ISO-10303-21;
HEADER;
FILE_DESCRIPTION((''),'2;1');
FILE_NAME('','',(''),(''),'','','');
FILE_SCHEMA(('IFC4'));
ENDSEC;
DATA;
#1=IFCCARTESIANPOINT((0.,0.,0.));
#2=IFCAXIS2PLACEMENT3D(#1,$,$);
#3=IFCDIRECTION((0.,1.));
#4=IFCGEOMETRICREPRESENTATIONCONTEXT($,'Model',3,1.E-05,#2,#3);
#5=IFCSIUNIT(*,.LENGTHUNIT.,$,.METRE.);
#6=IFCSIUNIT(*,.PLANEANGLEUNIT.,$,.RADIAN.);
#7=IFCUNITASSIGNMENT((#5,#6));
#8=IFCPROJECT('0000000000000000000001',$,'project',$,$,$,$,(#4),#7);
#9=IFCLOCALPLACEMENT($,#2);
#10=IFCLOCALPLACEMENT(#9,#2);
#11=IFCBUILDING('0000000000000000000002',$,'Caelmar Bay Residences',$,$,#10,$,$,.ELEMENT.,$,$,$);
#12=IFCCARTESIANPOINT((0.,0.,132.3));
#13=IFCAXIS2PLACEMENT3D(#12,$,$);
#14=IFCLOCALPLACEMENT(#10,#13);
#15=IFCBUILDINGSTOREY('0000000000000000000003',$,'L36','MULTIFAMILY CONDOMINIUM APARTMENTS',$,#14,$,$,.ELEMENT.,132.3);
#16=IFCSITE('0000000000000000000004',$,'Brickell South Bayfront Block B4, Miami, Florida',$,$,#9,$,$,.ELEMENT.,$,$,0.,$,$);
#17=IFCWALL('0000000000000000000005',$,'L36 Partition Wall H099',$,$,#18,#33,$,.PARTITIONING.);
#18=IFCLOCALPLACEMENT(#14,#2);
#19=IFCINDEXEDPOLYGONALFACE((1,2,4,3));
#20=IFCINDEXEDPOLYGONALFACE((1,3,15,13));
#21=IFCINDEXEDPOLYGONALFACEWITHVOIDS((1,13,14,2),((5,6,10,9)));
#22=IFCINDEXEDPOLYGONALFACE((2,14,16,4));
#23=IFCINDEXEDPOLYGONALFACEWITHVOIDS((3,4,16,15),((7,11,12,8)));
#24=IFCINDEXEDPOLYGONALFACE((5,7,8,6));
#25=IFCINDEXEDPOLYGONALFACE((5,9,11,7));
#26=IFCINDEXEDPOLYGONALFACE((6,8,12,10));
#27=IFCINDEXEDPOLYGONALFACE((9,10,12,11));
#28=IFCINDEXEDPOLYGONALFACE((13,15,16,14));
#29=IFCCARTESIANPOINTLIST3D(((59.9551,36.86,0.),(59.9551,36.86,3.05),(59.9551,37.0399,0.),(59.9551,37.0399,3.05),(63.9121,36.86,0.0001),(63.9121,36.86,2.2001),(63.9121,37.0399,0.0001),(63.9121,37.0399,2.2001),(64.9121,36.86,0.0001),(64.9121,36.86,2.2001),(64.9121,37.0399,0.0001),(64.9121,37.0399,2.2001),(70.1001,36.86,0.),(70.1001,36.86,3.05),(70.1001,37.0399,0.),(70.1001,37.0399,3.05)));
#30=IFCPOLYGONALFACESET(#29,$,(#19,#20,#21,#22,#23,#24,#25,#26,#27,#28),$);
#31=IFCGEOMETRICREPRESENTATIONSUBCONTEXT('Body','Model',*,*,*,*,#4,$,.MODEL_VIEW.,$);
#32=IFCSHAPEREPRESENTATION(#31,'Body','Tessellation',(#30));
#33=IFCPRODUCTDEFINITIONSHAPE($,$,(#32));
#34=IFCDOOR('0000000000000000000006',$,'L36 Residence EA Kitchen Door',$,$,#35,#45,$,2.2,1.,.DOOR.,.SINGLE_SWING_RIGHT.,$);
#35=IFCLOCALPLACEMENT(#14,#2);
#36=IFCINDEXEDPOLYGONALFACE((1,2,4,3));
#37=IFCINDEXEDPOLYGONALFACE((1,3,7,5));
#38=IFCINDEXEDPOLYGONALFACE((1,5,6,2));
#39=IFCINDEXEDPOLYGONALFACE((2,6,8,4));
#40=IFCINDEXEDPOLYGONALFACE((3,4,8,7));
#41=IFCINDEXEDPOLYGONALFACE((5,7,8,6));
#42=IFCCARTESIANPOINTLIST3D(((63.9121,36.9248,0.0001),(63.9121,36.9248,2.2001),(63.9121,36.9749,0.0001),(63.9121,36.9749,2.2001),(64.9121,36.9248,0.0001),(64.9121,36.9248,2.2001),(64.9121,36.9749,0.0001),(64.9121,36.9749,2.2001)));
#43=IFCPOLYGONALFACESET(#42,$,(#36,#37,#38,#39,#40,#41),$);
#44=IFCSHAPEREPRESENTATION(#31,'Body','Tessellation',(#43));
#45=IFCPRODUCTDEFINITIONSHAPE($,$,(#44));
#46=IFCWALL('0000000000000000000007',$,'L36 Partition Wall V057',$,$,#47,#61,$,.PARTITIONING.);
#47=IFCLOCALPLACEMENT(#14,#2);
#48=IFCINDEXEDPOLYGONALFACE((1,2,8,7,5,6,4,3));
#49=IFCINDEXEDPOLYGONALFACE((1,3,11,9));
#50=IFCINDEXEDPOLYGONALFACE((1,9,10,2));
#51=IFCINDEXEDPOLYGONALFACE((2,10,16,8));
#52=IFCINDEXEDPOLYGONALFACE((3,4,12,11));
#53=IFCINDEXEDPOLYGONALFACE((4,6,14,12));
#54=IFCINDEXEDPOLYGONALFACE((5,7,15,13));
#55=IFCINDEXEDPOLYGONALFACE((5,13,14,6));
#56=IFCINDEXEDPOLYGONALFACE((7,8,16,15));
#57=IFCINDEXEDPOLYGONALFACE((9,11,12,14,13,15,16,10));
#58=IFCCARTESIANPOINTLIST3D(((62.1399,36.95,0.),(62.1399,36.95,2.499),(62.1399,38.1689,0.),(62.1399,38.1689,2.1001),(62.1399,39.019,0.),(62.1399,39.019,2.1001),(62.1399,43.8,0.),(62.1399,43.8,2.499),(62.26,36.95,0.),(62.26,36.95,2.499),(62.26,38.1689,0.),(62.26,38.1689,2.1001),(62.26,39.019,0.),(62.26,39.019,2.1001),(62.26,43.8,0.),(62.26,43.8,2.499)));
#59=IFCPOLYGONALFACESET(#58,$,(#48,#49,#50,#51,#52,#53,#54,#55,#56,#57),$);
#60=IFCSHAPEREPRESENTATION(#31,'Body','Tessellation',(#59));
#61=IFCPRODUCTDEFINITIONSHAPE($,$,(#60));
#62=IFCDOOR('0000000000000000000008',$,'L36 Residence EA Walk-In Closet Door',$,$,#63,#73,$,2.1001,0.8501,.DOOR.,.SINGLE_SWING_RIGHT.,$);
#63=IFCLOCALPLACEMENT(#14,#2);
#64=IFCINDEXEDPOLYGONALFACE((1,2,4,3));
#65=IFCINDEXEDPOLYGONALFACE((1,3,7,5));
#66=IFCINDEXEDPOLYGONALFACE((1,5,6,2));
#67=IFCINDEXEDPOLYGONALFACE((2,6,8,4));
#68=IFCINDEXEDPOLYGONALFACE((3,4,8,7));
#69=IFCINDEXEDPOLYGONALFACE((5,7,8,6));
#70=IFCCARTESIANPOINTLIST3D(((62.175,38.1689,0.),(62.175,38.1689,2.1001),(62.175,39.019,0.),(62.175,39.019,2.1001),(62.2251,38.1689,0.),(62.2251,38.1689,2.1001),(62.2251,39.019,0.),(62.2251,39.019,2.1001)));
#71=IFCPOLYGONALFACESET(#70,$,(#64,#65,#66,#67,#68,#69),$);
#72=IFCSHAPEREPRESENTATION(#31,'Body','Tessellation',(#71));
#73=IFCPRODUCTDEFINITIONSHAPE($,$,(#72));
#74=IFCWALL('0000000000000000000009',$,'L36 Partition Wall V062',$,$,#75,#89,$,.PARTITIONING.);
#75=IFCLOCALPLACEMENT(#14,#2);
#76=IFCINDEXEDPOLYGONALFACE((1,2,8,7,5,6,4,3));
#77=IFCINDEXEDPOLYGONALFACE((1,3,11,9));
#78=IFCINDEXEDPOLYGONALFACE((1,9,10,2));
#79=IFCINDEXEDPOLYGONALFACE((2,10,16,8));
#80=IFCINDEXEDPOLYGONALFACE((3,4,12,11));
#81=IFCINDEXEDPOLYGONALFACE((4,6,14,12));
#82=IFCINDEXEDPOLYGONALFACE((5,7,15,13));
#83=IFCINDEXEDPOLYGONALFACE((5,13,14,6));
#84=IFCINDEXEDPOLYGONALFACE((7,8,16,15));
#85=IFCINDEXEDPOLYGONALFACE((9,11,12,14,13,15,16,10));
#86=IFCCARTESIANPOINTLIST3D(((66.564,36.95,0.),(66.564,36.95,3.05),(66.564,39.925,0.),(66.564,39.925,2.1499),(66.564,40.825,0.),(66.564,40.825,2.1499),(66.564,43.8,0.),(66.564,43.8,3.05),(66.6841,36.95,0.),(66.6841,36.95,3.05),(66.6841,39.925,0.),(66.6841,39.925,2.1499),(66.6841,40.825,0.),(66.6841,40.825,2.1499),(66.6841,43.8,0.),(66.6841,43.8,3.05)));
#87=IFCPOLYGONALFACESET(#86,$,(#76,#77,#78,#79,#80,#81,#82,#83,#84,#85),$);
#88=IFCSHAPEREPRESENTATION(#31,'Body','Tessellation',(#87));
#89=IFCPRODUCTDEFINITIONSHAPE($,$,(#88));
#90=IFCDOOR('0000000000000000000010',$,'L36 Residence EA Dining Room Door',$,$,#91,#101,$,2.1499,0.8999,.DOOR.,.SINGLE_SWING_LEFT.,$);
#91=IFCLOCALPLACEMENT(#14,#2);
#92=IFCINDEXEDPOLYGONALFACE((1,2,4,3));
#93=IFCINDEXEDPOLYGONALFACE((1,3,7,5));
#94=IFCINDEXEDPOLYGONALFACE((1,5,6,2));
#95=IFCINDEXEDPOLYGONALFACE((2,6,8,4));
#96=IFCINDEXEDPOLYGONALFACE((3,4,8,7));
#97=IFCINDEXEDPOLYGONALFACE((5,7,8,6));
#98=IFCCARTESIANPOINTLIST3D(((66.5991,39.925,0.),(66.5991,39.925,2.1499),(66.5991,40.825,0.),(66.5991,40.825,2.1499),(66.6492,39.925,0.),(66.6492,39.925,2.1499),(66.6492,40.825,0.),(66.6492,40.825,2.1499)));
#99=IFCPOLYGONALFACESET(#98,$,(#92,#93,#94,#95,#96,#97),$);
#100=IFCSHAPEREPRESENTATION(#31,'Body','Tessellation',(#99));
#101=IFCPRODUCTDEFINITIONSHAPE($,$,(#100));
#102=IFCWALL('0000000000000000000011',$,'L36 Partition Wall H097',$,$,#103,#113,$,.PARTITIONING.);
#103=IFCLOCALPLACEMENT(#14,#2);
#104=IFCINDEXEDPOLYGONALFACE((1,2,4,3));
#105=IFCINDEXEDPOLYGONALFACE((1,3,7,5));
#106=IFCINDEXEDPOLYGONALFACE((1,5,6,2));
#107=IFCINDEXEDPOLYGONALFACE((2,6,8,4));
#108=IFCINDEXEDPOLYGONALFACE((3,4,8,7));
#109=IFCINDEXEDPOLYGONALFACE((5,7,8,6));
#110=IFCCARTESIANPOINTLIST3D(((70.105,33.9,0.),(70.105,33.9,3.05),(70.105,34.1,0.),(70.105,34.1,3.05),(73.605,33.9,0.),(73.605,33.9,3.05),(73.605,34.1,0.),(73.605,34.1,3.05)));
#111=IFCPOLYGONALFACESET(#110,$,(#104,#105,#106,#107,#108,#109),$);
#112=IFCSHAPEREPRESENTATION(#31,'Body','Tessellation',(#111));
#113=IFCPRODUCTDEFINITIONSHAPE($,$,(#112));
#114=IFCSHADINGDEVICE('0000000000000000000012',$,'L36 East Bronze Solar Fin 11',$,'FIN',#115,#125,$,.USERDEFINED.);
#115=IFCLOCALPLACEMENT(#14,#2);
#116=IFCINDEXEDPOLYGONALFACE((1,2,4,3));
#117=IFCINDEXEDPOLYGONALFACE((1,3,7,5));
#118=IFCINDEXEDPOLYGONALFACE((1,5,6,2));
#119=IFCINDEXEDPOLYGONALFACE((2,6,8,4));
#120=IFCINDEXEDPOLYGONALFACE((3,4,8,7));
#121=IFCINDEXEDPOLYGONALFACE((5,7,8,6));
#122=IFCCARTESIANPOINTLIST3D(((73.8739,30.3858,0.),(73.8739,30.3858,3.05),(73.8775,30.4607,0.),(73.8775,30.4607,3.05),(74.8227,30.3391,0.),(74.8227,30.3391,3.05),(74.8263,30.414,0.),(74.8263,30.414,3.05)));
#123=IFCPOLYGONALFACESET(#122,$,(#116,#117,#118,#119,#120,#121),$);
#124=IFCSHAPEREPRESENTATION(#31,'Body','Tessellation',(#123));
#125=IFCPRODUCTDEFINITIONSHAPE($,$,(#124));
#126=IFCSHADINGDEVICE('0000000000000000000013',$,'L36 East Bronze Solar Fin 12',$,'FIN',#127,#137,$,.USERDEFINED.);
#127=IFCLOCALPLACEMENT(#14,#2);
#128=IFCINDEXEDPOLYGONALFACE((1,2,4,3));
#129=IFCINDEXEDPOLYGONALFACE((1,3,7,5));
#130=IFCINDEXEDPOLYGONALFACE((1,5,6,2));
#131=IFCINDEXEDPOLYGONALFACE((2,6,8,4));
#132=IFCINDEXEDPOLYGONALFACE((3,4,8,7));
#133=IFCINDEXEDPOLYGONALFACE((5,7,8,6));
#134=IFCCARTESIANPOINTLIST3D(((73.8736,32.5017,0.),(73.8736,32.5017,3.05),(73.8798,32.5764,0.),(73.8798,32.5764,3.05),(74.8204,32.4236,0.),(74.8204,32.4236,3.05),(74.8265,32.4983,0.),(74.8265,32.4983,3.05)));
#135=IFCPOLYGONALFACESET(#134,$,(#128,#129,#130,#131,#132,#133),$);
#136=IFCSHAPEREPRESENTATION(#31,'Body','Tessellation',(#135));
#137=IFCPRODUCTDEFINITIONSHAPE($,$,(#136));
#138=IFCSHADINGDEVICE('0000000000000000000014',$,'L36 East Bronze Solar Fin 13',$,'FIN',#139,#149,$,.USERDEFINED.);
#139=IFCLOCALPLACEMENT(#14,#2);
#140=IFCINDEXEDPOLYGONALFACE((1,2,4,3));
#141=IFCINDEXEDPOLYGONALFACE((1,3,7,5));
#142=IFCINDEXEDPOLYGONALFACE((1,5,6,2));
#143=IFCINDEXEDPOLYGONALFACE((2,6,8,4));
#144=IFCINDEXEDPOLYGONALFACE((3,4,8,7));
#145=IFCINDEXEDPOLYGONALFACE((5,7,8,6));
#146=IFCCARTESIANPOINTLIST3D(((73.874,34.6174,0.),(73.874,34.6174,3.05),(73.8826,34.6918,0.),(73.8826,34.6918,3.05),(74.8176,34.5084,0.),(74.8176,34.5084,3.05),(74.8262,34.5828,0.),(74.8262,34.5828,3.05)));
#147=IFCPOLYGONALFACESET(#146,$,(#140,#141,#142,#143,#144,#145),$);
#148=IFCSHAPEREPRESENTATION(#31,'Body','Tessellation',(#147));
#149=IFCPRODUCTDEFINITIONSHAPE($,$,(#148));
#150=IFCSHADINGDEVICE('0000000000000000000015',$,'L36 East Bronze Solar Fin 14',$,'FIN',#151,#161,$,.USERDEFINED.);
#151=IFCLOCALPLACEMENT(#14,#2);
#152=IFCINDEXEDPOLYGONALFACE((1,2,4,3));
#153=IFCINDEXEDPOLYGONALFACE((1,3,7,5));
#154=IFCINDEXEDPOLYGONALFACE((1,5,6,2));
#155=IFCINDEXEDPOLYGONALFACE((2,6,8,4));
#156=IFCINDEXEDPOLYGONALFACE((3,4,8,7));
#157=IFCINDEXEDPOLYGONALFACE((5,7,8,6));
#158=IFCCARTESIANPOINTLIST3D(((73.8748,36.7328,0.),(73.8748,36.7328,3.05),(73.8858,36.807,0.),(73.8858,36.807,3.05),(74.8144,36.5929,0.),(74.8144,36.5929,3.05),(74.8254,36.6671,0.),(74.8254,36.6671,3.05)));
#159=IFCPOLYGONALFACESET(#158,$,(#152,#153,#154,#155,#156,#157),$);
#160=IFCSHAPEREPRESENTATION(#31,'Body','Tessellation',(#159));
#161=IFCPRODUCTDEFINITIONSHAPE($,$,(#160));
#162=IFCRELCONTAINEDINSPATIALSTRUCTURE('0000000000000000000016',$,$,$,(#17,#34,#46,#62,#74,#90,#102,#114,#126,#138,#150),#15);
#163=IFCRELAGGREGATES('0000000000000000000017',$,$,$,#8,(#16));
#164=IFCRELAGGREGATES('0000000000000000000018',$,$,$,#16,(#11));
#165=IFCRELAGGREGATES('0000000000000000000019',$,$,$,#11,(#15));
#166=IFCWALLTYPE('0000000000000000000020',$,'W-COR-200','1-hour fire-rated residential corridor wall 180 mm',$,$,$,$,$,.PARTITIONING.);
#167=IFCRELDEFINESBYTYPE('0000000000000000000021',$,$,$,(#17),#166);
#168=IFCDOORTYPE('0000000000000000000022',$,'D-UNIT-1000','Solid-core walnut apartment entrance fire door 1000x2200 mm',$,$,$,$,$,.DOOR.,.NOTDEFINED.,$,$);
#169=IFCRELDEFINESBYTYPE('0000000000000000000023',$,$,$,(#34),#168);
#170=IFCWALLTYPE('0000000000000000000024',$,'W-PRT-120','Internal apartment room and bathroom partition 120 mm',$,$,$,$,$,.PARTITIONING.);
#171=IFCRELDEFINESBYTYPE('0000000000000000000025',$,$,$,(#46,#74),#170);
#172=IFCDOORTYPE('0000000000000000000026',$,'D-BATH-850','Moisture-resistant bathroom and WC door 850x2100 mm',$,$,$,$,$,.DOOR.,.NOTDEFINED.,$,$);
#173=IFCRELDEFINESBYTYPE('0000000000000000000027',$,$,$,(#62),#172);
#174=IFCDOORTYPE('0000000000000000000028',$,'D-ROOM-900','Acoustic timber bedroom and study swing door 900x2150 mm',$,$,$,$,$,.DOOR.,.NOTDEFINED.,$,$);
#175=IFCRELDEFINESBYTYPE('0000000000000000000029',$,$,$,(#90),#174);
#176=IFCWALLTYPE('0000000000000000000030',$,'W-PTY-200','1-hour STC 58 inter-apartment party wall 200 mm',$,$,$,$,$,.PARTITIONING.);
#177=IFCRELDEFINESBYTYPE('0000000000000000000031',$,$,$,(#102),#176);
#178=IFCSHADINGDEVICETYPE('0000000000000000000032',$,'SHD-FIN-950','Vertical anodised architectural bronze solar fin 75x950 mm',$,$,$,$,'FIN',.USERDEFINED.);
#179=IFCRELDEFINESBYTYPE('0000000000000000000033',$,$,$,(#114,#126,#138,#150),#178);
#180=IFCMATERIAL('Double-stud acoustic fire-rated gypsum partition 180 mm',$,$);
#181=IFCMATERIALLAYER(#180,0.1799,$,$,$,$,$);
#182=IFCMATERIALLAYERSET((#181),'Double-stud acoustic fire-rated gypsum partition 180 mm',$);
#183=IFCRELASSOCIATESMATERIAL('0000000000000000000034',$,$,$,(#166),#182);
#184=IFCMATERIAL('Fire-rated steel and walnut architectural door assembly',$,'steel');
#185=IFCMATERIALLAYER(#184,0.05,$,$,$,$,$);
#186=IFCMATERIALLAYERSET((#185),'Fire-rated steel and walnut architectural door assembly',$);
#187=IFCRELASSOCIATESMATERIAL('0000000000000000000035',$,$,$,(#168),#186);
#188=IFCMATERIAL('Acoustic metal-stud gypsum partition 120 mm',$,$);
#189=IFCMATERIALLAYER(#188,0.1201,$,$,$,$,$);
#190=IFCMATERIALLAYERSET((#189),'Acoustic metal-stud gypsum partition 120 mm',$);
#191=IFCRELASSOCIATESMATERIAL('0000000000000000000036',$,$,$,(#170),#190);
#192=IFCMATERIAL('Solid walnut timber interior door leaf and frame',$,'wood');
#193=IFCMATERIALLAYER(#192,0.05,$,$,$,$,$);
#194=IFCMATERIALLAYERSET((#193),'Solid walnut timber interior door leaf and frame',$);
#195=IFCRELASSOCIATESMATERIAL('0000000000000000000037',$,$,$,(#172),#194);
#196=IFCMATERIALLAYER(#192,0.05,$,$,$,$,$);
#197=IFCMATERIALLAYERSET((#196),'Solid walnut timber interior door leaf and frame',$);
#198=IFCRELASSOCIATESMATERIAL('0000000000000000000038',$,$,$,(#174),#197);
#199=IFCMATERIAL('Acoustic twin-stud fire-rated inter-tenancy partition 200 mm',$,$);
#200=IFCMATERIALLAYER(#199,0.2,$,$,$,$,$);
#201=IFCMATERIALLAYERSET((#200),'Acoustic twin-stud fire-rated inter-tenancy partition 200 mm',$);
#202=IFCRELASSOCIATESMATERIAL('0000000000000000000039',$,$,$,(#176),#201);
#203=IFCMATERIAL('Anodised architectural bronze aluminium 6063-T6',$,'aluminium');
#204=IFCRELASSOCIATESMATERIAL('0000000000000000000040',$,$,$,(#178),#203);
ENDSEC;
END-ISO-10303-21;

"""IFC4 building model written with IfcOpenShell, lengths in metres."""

from ifc_helpers import new_model, si_unit, direction, frame, frame_2d, origin, origin_2d, place, context, subcontext, project, spatial, rectangle, extrude, material, layer, layer_set, material_profile, profile_set, type_object, element, fill, save


model = new_model("IFC4")

# Units and contexts
model_context = context("Model", 3, precision=1e-05, world=origin(), true_north=direction((0.0, 1.0)))
body_context = subcontext(model_context, "Body", "Model", "MODEL_VIEW")
ifc_project = project(units=[si_unit("LENGTHUNIT", "METRE"), si_unit("PLANEANGLEUNIT", "RADIAN")], contexts=[model_context])

# Site, building, storey
site_placement = place(None, origin())
site = spatial("IfcSite", under=ifc_project, at=site_placement, Name="Brickell South Bayfront Block B4, Miami, Florida", CompositionType="ELEMENT", RefElevation=0.0)
building_placement = place(site_placement, origin())
building = spatial("IfcBuilding", under=site, at=building_placement, Name="Caelmar Bay Residences", CompositionType="ELEMENT")
storey_placement = place(building_placement, frame((0.0, 0.0, 132.3)))
storey = spatial("IfcBuildingStorey", under=building, at=storey_placement, Name="L36", Description="MULTIFAMILY CONDOMINIUM APARTMENTS", CompositionType="ELEMENT", Elevation=132.3)

# Shared definitions
ifc_material_1 = material(Name="Double-stud acoustic fire-rated gypsum partition 180 mm")
ifc_layer_1 = layer(ifc_material_1, 0.1799)
ifc_layer_set_1 = layer_set([ifc_layer_1], Name="Double-stud acoustic fire-rated gypsum partition 180 mm")
wall_type_1 = type_object("IfcWallType", Name="W-COR-200", Description="1-hour fire-rated residential corridor wall 180 mm", PredefinedType="PARTITIONING", material=ifc_layer_set_1)

# Walls, openings, doors
wall_1_placement = place(storey_placement, frame((59.9551, 36.95, 0.0), z_axis=(0.0, 0.0, 1.0), x_axis=(1.0, 0.0, 0.0)))
wall_1 = element("IfcWall", 1, at=wall_1_placement, inside=storey, type_object=wall_type_1, Name="L36 Partition Wall H099", PredefinedType="PARTITIONING", context=body_context, shape_type="SweptSolid", body=[
    extrude(rectangle(XDim=10.145, YDim=0.1799, at=frame_2d((5.0725, 0.0))), origin(), (0.0, 0.0, 1.0), 3.05),
])
opening_1_placement = place(wall_1_placement, frame((3.957, 0.0, 0.0)))
opening_1 = element("IfcOpeningElement", 2, at=opening_1_placement, cuts=wall_1, PredefinedType="OPENING", context=body_context, shape_type="SweptSolid", body=[
    extrude(rectangle(XDim=1.0, YDim=2.2, at=frame_2d((0.5, 1.1001))), frame((0.0, 0.0999, 0.0), z_axis=(0.0, -1.0, 0.0), x_axis=(1.0, 0.0, 0.0)), (0.0, 0.0, 1.0), 0.2),
])
ifc_material_2 = material(Name="Fire-rated steel and walnut architectural door assembly", Category="steel")
ifc_layer_2 = layer(ifc_material_2, 0.05)
ifc_layer_set_2 = layer_set([ifc_layer_2], Name="Fire-rated steel and walnut architectural door assembly")
door_type_1 = type_object("IfcDoorType", Name="D-UNIT-1000", Description="Solid-core walnut apartment entrance fire door 1000x2200 mm", OperationType="NOTDEFINED", PredefinedType="DOOR", material=ifc_layer_set_2)
door_1_placement = place(opening_1_placement, origin())
door_1 = element("IfcDoor", 3, at=door_1_placement, inside=storey, type_object=door_type_1, Name="L36 Residence EA Kitchen Door", OperationType="SINGLE_SWING_RIGHT", OverallHeight=2.2, OverallWidth=1.0, PredefinedType="DOOR", context=body_context, shape_type="SweptSolid", body=[
    extrude(rectangle(XDim=1.0, YDim=2.2, at=frame_2d((0.5, 1.1001))), frame((0.0, 0.0249, 0.0), z_axis=(0.0, -1.0, 0.0), x_axis=(1.0, 0.0, 0.0)), (0.0, 0.0, 1.0), 0.05),
])
fill(opening_1, door_1)
ifc_material_3 = material(Name="Acoustic metal-stud gypsum partition 120 mm")
ifc_layer_3 = layer(ifc_material_3, 0.1201)
ifc_layer_set_3 = layer_set([ifc_layer_3], Name="Acoustic metal-stud gypsum partition 120 mm")
wall_type_2 = type_object("IfcWallType", Name="W-PRT-120", Description="Internal apartment room and bathroom partition 120 mm", PredefinedType="PARTITIONING", material=ifc_layer_set_3)
wall_2_placement = place(storey_placement, frame((62.2, 36.95, 0.0), z_axis=(0.0, 0.0, 1.0), x_axis=(0.0, 1.0, 0.0)))
wall_2 = element("IfcWall", 4, at=wall_2_placement, inside=storey, type_object=wall_type_2, Name="L36 Partition Wall V057", PredefinedType="PARTITIONING", context=body_context, shape_type="SweptSolid", body=[
    extrude(rectangle(XDim=6.8501, YDim=0.1201, at=frame_2d((3.425, 0.0))), origin(), (0.0, 0.0, 1.0), 2.499),
])
opening_2_placement = place(wall_2_placement, frame((1.219, 0.0, 0.0)))
opening_2 = element("IfcOpeningElement", 5, at=opening_2_placement, cuts=wall_2, PredefinedType="OPENING", context=body_context, shape_type="SweptSolid", body=[
    extrude(rectangle(XDim=0.8501, YDim=2.1001, at=frame_2d((0.425, 1.05))), frame((0.0, 0.0701, 0.0), z_axis=(0.0, -1.0, 0.0), x_axis=(1.0, 0.0, 0.0)), (0.0, 0.0, 1.0), 0.1401),
])
ifc_material_4 = material(Name="Solid walnut timber interior door leaf and frame", Category="wood")
ifc_layer_4 = layer(ifc_material_4, 0.05)
ifc_layer_set_4 = layer_set([ifc_layer_4], Name="Solid walnut timber interior door leaf and frame")
door_type_2 = type_object("IfcDoorType", Name="D-BATH-850", Description="Moisture-resistant bathroom and WC door 850x2100 mm", OperationType="NOTDEFINED", PredefinedType="DOOR", material=ifc_layer_set_4)
door_2_placement = place(opening_2_placement, origin())
door_2 = element("IfcDoor", 6, at=door_2_placement, inside=storey, type_object=door_type_2, Name="L36 Residence EA Walk-In Closet Door", OperationType="SINGLE_SWING_RIGHT", OverallHeight=2.1001, OverallWidth=0.8501, PredefinedType="DOOR", context=body_context, shape_type="SweptSolid", body=[
    extrude(rectangle(XDim=0.8501, YDim=2.1001, at=frame_2d((0.425, 1.05))), frame((0.0, 0.0249, 0.0), z_axis=(0.0, -1.0, 0.0), x_axis=(1.0, 0.0, 0.0)), (0.0, 0.0, 1.0), 0.05),
])
fill(opening_2, door_2)
wall_3_placement = place(storey_placement, frame((66.624, 36.95, 0.0), z_axis=(0.0, 0.0, 1.0), x_axis=(0.0, 1.0, 0.0)))
wall_3 = element("IfcWall", 7, at=wall_3_placement, inside=storey, type_object=wall_type_2, Name="L36 Partition Wall V062", PredefinedType="PARTITIONING", context=body_context, shape_type="SweptSolid", body=[
    extrude(rectangle(XDim=6.8501, YDim=0.1201, at=frame_2d((3.425, 0.0))), origin(), (0.0, 0.0, 1.0), 3.05),
])
opening_3_placement = place(wall_3_placement, frame((2.9751, 0.0, 0.0)))
opening_3 = element("IfcOpeningElement", 8, at=opening_3_placement, cuts=wall_3, PredefinedType="OPENING", context=body_context, shape_type="SweptSolid", body=[
    extrude(rectangle(XDim=0.8999, YDim=2.1499, at=frame_2d((0.45, 1.075))), frame((0.0, 0.0701, 0.0), z_axis=(0.0, -1.0, 0.0), x_axis=(1.0, 0.0, 0.0)), (0.0, 0.0, 1.0), 0.1401),
])
ifc_layer_5 = layer(ifc_material_4, 0.05)
ifc_layer_set_5 = layer_set([ifc_layer_5], Name="Solid walnut timber interior door leaf and frame")
door_type_3 = type_object("IfcDoorType", Name="D-ROOM-900", Description="Acoustic timber bedroom and study swing door 900x2150 mm", OperationType="NOTDEFINED", PredefinedType="DOOR", material=ifc_layer_set_5)
door_3_placement = place(opening_3_placement, origin())
door_3 = element("IfcDoor", 9, at=door_3_placement, inside=storey, type_object=door_type_3, Name="L36 Residence EA Dining Room Door", OperationType="SINGLE_SWING_LEFT", OverallHeight=2.1499, OverallWidth=0.8999, PredefinedType="DOOR", context=body_context, shape_type="SweptSolid", body=[
    extrude(rectangle(XDim=0.8999, YDim=2.1499, at=frame_2d((0.45, 1.075))), frame((0.0, 0.0249, 0.0), z_axis=(0.0, -1.0, 0.0), x_axis=(1.0, 0.0, 0.0)), (0.0, 0.0, 1.0), 0.05),
])
fill(opening_3, door_3)

# Wall
ifc_material_5 = material(Name="Acoustic twin-stud fire-rated inter-tenancy partition 200 mm")
ifc_layer_6 = layer(ifc_material_5, 0.2)
ifc_layer_set_6 = layer_set([ifc_layer_6], Name="Acoustic twin-stud fire-rated inter-tenancy partition 200 mm")
wall_type_3 = type_object("IfcWallType", Name="W-PTY-200", Description="1-hour STC 58 inter-apartment party wall 200 mm", PredefinedType="PARTITIONING", material=ifc_layer_set_6)
wall_4_placement = place(storey_placement, frame((70.105, 34.0, 0.0), z_axis=(0.0, 0.0, 1.0), x_axis=(1.0, 0.0, 0.0)))
element("IfcWall", 10, at=wall_4_placement, inside=storey, type_object=wall_type_3, Name="L36 Partition Wall H097", PredefinedType="PARTITIONING", context=body_context, shape_type="SweptSolid", body=[
    extrude(rectangle(XDim=3.5, YDim=0.2, at=frame_2d((1.75, 0.0))), origin(), (0.0, 0.0, 1.0), 3.05),
])

# Shading devices
ifc_material_6 = material(Name="Anodised architectural bronze aluminium 6063-T6", Category="aluminium")
ifc_material_profile_1 = material_profile(ifc_material_6, rectangle(XDim=0.075, YDim=0.95, at=origin_2d()), Name="BRONZE-FIN-75X950")
ifc_profile_set_1 = profile_set([ifc_material_profile_1], Name="Anodised architectural bronze aluminium 6063-T6")
shading_device_type = type_object("IfcShadingDeviceType", Name="SHD-FIN-950", Description="Vertical anodised architectural bronze solar fin 75x950 mm", ElementType="FIN", PredefinedType="USERDEFINED", material=ifc_profile_set_1)
for number, where, z_axis, x_axis, name in (
    (11, (74.3501, 30.3999, 0.0), (0.0, 0.0, 1.0), (0.049198, 0.998789, 0.0), "L36 East Bronze Solar Fin 11"),
    (12, (74.3501, 32.5, 0.0), (0.0, 0.0, 1.0), (0.082112, 0.996623, 0.0), "L36 East Bronze Solar Fin 12"),
    (13, (74.3501, 34.6001, 0.0), (0.0, 0.0, 1.0), (0.114764, 0.993393, 0.0), "L36 East Bronze Solar Fin 13"),
    (14, (74.3501, 36.7, 0.0), (0.0, 0.0, 1.0), (0.147292, 0.989093, 0.0), "L36 East Bronze Solar Fin 14"),
):
    element("IfcShadingDevice", number, at=place(storey_placement, frame(where, z_axis=z_axis, x_axis=x_axis)), inside=storey, type_object=shading_device_type, Name=name, ObjectType="FIN", PredefinedType="USERDEFINED", context=body_context, shape_type="SweptSolid", body=[
        extrude(rectangle(XDim=0.075, YDim=0.95, at=origin_2d()), origin(), (0.0, 0.0, 1.0), 3.05),
    ])

save(model, "model.ifc")
